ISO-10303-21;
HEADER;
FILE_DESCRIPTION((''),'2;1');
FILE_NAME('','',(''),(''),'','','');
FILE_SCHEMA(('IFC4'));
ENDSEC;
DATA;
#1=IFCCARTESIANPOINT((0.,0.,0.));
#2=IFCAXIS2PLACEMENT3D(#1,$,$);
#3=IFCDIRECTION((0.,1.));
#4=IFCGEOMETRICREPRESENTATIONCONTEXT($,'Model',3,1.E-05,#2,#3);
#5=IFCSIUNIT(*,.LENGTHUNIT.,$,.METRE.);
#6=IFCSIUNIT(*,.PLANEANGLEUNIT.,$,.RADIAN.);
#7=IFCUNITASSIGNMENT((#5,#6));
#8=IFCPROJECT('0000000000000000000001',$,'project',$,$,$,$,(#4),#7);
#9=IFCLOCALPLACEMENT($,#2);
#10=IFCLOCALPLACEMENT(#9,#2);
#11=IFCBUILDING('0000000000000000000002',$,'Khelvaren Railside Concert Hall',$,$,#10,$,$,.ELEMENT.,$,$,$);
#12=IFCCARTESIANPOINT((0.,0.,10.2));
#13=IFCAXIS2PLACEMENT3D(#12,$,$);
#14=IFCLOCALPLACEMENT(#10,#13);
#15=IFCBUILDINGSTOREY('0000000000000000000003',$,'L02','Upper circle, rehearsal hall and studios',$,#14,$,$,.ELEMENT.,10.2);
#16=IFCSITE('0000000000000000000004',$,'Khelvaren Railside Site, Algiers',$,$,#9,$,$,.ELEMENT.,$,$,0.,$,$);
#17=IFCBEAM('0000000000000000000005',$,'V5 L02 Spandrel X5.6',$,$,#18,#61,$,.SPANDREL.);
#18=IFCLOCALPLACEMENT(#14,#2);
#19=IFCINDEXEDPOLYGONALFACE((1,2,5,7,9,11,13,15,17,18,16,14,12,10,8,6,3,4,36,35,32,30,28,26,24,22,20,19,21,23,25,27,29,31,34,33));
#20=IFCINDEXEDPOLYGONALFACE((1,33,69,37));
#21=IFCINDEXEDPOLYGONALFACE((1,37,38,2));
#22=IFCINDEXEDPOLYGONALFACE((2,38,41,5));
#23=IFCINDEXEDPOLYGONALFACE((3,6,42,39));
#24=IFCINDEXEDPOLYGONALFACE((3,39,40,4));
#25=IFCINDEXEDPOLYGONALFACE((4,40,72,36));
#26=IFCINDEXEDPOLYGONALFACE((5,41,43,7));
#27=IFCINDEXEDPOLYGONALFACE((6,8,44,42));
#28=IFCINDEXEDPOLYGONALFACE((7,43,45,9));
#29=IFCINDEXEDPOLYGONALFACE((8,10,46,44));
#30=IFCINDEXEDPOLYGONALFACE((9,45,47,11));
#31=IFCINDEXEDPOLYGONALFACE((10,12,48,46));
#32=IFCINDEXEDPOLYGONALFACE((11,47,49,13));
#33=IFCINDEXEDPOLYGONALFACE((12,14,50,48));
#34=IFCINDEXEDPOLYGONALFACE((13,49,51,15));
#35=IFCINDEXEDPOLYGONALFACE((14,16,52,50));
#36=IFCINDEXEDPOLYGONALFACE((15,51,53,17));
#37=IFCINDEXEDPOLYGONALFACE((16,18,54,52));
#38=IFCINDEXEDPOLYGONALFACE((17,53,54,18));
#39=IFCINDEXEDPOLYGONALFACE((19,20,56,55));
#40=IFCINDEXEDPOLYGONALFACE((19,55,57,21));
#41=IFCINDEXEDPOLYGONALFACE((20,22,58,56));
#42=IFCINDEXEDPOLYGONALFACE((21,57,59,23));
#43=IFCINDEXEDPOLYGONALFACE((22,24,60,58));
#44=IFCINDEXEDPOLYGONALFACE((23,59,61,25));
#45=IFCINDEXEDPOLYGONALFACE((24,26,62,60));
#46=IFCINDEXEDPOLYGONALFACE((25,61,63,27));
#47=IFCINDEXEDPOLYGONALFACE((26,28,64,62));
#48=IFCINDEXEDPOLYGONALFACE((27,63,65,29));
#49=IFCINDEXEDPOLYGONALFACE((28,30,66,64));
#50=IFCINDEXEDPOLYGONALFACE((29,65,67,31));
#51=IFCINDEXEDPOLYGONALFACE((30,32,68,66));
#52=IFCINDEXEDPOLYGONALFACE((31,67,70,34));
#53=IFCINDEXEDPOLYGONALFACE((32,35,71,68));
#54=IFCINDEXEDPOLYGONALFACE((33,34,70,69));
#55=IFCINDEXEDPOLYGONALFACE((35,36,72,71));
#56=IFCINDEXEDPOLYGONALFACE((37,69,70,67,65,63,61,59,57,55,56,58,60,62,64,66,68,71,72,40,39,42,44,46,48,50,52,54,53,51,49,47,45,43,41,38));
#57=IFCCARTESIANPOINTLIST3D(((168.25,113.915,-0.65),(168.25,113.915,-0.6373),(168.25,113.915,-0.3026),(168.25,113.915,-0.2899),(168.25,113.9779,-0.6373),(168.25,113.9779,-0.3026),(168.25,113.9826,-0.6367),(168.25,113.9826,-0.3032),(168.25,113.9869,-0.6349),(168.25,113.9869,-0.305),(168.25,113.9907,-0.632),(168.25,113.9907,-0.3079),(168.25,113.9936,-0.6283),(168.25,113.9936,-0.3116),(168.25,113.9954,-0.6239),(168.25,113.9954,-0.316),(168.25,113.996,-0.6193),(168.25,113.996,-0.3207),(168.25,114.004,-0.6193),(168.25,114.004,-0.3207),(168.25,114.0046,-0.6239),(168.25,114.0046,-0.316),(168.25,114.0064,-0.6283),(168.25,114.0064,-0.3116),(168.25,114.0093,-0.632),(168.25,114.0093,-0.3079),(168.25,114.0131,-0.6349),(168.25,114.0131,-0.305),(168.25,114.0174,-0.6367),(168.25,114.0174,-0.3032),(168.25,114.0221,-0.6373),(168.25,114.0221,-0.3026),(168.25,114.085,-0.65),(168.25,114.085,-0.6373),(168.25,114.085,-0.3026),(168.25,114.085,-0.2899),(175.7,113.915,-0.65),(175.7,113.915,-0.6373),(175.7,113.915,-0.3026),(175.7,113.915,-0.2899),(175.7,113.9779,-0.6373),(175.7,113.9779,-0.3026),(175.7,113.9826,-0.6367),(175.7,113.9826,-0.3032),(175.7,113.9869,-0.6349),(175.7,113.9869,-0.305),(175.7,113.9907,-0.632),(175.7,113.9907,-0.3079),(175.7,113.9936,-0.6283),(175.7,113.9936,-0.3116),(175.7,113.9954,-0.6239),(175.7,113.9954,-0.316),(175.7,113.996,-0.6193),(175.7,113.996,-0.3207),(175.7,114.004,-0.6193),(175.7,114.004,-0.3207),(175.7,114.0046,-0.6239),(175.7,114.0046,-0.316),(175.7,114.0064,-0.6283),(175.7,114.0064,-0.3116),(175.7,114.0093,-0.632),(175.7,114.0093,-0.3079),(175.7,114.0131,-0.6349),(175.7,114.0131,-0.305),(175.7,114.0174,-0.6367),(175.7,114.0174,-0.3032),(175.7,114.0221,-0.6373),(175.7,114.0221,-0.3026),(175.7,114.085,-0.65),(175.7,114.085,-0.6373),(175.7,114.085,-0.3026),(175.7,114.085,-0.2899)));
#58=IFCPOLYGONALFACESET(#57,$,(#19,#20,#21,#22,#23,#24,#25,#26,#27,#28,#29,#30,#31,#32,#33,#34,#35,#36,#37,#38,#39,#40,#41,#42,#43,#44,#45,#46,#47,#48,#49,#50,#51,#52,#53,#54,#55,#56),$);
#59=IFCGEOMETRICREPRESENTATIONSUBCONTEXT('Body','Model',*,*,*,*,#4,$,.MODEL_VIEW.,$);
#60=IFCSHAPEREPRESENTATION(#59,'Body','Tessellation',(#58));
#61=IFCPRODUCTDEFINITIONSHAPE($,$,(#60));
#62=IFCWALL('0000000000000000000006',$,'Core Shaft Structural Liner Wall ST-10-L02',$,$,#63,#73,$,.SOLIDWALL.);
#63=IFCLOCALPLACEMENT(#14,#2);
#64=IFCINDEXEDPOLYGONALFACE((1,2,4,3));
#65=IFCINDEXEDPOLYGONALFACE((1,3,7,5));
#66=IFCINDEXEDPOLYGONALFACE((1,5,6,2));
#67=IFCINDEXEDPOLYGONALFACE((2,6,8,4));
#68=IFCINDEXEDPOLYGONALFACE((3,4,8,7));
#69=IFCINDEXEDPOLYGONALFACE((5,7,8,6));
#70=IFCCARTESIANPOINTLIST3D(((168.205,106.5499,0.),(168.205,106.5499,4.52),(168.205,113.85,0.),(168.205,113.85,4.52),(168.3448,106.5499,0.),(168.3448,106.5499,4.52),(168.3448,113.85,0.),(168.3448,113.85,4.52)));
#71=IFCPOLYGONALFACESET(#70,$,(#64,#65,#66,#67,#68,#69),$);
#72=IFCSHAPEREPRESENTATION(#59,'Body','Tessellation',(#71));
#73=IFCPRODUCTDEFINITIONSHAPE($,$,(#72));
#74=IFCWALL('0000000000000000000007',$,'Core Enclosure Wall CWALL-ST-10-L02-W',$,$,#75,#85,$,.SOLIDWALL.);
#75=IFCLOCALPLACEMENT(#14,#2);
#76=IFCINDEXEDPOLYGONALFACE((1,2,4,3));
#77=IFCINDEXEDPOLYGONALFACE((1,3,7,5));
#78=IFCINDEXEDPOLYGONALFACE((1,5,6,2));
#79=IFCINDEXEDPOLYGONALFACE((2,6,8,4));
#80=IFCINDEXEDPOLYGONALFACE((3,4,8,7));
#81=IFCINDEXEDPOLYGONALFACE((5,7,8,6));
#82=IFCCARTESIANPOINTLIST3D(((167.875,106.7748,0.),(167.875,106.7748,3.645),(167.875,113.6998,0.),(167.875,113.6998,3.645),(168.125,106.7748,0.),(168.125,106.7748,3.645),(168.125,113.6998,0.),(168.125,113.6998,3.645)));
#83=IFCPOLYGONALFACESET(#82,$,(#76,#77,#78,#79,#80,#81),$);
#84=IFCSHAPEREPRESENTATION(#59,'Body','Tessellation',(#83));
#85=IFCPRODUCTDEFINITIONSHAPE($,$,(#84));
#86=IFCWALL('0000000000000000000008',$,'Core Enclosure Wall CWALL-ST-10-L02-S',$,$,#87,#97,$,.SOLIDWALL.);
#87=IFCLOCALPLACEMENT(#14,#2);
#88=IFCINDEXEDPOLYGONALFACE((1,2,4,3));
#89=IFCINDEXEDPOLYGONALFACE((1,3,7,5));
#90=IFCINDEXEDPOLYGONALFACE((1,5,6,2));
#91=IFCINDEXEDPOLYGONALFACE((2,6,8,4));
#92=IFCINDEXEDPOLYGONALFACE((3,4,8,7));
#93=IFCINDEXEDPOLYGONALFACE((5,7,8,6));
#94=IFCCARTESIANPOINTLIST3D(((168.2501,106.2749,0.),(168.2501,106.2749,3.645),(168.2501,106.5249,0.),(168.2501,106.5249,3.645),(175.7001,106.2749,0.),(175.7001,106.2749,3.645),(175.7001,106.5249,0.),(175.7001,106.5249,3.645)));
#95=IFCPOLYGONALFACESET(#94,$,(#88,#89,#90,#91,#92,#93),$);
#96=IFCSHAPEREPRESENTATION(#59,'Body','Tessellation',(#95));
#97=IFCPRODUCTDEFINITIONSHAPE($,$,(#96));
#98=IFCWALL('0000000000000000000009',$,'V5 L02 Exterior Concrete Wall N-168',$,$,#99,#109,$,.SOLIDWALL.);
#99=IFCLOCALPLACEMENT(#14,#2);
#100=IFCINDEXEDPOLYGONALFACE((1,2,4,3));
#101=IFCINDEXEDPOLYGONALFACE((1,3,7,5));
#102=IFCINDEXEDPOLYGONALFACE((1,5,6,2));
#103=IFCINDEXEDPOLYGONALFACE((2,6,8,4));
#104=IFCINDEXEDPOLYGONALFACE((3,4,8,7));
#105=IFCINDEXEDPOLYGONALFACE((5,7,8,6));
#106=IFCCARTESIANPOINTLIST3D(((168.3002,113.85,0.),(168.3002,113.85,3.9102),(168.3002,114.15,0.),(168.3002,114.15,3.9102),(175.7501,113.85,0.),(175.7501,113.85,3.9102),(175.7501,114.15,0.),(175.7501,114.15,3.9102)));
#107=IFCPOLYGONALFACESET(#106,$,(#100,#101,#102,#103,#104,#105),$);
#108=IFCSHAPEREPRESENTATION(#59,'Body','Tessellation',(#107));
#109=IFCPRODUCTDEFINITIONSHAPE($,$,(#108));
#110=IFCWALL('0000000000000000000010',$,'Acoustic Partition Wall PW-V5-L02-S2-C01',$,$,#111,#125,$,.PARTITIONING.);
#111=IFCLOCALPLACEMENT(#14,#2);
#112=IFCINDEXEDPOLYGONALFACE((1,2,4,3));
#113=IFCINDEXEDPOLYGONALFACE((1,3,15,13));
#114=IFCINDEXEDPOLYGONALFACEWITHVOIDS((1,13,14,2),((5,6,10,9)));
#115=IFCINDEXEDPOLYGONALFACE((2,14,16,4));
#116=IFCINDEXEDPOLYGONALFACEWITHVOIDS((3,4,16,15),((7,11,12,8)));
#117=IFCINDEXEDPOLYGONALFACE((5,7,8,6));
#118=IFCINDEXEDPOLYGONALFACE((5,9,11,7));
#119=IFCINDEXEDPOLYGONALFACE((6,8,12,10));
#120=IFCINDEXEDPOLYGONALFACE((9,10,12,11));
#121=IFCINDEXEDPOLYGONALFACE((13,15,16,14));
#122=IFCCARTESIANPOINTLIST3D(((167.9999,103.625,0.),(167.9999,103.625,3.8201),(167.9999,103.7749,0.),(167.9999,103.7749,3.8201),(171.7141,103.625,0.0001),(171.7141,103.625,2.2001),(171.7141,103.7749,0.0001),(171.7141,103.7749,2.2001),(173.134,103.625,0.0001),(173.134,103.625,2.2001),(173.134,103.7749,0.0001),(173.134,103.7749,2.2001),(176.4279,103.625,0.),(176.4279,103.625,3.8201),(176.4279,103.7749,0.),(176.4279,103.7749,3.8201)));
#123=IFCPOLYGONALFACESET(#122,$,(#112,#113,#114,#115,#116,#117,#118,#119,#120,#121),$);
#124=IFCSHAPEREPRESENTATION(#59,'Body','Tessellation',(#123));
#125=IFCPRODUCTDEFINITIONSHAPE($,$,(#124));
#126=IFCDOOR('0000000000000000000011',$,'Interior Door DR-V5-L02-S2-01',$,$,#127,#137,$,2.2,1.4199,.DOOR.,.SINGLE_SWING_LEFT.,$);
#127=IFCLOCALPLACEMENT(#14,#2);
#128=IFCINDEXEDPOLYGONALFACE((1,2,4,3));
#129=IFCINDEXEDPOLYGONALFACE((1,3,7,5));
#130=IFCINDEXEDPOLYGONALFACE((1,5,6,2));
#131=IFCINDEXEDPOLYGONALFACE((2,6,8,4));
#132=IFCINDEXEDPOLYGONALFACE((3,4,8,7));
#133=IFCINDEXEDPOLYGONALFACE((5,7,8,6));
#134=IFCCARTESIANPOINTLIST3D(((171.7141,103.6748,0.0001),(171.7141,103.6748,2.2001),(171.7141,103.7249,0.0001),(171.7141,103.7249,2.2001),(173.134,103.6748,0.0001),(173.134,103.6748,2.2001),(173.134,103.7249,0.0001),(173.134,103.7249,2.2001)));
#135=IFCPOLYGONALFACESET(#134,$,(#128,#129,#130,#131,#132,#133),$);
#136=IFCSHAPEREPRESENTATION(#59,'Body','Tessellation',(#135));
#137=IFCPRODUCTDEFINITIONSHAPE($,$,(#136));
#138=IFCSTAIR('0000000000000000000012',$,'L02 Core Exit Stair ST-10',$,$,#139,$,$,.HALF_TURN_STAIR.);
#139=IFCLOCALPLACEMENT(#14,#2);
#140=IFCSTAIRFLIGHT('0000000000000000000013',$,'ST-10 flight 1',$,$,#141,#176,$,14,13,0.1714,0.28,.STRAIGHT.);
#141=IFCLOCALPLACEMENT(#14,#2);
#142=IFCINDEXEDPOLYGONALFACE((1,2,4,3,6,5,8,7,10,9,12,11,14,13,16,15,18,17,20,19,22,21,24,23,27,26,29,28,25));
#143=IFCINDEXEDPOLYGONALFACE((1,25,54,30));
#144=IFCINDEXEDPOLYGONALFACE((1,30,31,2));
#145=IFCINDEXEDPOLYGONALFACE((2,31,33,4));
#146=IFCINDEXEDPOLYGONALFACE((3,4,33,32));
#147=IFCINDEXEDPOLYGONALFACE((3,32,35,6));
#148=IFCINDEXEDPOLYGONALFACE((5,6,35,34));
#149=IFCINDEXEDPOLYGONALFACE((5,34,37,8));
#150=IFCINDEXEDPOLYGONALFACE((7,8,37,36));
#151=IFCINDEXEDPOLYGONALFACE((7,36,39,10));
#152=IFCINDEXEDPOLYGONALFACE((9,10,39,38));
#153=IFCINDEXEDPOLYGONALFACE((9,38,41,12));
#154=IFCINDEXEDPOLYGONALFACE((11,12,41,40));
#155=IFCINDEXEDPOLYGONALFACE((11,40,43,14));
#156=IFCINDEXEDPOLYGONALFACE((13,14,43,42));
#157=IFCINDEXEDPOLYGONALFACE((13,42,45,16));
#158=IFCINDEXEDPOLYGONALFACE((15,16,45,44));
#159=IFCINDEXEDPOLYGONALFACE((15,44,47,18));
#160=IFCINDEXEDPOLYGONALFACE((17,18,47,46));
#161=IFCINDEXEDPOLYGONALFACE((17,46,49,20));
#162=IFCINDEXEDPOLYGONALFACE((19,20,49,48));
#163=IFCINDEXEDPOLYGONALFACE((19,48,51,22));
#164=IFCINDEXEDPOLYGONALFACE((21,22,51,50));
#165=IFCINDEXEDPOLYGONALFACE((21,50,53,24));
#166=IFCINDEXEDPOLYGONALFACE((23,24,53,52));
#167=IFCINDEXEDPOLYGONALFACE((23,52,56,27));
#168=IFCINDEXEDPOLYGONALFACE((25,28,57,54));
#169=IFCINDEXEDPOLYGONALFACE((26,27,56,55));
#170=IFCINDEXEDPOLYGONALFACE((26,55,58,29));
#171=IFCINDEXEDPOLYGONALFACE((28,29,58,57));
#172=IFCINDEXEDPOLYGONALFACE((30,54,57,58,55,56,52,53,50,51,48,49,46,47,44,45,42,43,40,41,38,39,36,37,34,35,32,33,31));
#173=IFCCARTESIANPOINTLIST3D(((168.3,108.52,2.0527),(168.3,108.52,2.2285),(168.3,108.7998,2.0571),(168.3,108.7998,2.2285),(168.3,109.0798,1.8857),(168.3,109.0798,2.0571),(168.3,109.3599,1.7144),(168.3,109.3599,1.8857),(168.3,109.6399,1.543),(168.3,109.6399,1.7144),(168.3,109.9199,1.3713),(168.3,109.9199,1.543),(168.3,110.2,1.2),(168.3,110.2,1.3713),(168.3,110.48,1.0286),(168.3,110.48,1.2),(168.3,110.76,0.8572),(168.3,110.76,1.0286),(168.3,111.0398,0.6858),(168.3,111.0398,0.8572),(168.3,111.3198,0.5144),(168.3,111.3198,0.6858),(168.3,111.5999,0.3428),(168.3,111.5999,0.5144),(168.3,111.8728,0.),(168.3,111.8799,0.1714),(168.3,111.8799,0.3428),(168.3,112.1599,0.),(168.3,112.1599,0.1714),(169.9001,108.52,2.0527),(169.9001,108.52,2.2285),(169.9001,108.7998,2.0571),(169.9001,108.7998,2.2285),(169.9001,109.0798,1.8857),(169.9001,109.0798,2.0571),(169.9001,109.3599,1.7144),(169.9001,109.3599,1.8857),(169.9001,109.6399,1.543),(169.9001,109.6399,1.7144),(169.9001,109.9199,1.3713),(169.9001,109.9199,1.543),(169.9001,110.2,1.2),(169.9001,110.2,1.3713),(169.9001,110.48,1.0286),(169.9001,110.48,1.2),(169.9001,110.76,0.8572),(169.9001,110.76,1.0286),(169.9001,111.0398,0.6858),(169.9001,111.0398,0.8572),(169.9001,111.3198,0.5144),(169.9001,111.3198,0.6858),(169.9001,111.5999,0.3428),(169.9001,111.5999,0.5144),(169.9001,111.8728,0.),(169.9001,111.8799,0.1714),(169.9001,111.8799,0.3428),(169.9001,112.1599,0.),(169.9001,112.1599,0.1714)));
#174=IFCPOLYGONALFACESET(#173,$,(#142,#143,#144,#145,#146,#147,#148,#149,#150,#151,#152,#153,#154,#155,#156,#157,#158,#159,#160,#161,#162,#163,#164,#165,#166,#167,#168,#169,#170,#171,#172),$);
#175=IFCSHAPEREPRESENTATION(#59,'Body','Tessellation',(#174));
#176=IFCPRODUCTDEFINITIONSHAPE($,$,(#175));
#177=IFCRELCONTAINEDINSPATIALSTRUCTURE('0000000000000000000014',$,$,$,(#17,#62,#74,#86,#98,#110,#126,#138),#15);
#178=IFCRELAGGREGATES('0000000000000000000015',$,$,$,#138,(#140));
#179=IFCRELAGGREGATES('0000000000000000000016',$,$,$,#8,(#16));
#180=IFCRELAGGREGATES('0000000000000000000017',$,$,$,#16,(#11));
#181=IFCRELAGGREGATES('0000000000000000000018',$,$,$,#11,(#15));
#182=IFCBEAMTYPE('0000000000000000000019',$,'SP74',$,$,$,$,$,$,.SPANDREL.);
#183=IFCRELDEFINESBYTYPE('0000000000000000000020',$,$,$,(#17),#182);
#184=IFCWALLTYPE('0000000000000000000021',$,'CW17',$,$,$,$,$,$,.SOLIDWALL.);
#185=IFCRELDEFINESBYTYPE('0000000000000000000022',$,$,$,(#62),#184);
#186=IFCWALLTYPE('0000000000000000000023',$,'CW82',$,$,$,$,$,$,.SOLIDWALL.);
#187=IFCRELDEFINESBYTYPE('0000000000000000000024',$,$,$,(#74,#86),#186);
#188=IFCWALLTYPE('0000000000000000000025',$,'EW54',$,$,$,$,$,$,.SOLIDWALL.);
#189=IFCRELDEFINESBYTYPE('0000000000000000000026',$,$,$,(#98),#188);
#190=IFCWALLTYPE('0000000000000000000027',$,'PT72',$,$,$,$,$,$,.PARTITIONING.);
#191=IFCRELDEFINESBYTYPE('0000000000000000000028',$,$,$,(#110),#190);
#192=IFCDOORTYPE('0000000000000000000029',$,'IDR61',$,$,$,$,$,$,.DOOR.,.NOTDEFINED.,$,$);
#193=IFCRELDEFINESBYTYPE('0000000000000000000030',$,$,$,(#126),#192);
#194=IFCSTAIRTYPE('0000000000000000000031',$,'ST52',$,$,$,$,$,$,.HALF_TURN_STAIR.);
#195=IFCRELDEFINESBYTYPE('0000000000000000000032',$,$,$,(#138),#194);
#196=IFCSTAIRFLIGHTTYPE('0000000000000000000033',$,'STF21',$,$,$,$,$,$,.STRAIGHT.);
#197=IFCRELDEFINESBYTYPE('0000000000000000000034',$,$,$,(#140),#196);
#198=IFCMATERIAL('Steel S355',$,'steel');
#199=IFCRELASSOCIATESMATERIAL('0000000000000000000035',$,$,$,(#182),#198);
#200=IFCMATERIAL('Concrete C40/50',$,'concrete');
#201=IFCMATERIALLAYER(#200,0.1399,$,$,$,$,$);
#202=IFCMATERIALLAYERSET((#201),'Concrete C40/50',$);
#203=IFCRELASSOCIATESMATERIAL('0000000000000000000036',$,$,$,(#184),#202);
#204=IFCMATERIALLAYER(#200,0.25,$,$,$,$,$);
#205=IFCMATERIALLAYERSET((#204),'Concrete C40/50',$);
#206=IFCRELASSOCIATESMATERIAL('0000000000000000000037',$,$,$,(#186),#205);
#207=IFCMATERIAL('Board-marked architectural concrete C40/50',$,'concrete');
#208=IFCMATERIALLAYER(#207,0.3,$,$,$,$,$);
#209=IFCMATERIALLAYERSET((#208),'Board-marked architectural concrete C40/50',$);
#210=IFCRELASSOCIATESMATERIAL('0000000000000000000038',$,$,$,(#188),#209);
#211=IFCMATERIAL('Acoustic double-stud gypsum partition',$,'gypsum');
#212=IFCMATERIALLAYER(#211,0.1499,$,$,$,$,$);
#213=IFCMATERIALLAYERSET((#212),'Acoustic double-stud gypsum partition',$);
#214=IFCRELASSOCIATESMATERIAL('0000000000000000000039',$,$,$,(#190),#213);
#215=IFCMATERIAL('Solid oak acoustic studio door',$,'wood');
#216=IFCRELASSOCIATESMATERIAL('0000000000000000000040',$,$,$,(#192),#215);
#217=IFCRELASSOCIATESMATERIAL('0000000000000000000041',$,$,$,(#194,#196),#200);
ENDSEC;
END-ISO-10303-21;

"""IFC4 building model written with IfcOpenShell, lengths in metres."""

from ifc_helpers import new_model, si_unit, direction, frame, frame_2d, origin, origin_2d, place, context, subcontext, project, spatial, polyline, rectangle, i_section, outline, extrude, material, layer, layer_set, material_profile, profile_set, type_object, element, fill, aggregate, save


model = new_model("IFC4")

# Units and contexts
model_context = context("Model", 3, precision=1e-05, world=origin(), true_north=direction((0.0, 1.0)))
body_context = subcontext(model_context, "Body", "Model", "MODEL_VIEW")
ifc_project = project(units=[si_unit("LENGTHUNIT", "METRE"), si_unit("PLANEANGLEUNIT", "RADIAN")], contexts=[model_context])

# Site, building, storey
site_placement = place(None, origin())
site = spatial("IfcSite", under=ifc_project, at=site_placement, Name="Khelvaren Railside Site, Algiers", CompositionType="ELEMENT", RefElevation=0.0)
building_placement = place(site_placement, origin())
building = spatial("IfcBuilding", under=site, at=building_placement, Name="Khelvaren Railside Concert Hall", CompositionType="ELEMENT")
storey_placement = place(building_placement, frame((0.0, 0.0, 10.2)))
storey = spatial("IfcBuildingStorey", under=building, at=storey_placement, Name="L02", Description="Upper circle, rehearsal hall and studios", CompositionType="ELEMENT", Elevation=10.2)

# Beam
ifc_material_1 = material(Name="Steel S355", Category="steel")
ifc_material_2 = material(Name="Concrete C40/50", Category="concrete")
ifc_material_profile_1 = material_profile(ifc_material_1, i_section(OverallWidth=0.1699, OverallDepth=0.3601, WebThickness=0.0081, FlangeThickness=0.0127, FilletRadius=0.0181, at=origin_2d()), Name="IPE 360")
ifc_profile_set_1 = profile_set([ifc_material_profile_1], Name="Steel S355")
beam_type_1 = type_object("IfcBeamType", Name="SP74", PredefinedType="SPANDREL", material=ifc_profile_set_1)
beam_1_placement = place(storey_placement, frame((168.25, 114.0, -0.47), z_axis=(1.0, 0.0, 0.0), x_axis=(0.0, 1.0, 0.0)))
element("IfcBeam", 1, at=beam_1_placement, inside=storey, type_object=beam_type_1, Name="V5 L02 Spandrel X5.6", PredefinedType="SPANDREL", context=body_context, shape_type="SweptSolid", body=[
    extrude(i_section(OverallWidth=0.1699, OverallDepth=0.3601, WebThickness=0.0081, FlangeThickness=0.0127, FilletRadius=0.0181, at=origin_2d()), origin(), (0.0, 0.0, 1.0), 7.45),
])

# Walls
ifc_layer_1 = layer(ifc_material_2, 0.1399)
ifc_layer_set_1 = layer_set([ifc_layer_1], Name="Concrete C40/50")
wall_type_1 = type_object("IfcWallType", Name="CW17", PredefinedType="SOLIDWALL", material=ifc_layer_set_1)
wall_1_placement = place(storey_placement, frame((168.2749, 106.55, 0.0), z_axis=(0.0, 0.0, 1.0), x_axis=(0.0, 1.0, 0.0)))
element("IfcWall", 2, at=wall_1_placement, inside=storey, type_object=wall_type_1, Name="Core Shaft Structural Liner Wall ST-10-L02", PredefinedType="SOLIDWALL", context=body_context, shape_type="SweptSolid", body=[
    extrude(rectangle(XDim=7.3, YDim=0.1399, at=frame_2d((3.6499, 0.0))), origin(), (0.0, 0.0, 1.0), 4.52),
])
ifc_layer_2 = layer(ifc_material_2, 0.25)
ifc_layer_set_2 = layer_set([ifc_layer_2], Name="Concrete C40/50")
wall_type_2 = type_object("IfcWallType", Name="CW82", PredefinedType="SOLIDWALL", material=ifc_layer_set_2)
wall_2_placement = place(storey_placement, frame((168.0, 106.7749, 0.0), z_axis=(0.0, 0.0, 1.0), x_axis=(0.0, 1.0, 0.0)))
element("IfcWall", 3, at=wall_2_placement, inside=storey, type_object=wall_type_2, Name="Core Enclosure Wall CWALL-ST-10-L02-W", PredefinedType="SOLIDWALL", context=body_context, shape_type="SweptSolid", body=[
    extrude(rectangle(XDim=6.925, YDim=0.25, at=frame_2d((3.4624, 0.0))), origin(), (0.0, 0.0, 1.0), 3.645),
])
wall_3_placement = place(storey_placement, frame((168.25, 106.3999, 0.0), z_axis=(0.0, 0.0, 1.0), x_axis=(1.0, 0.0, 0.0)))
element("IfcWall", 4, at=wall_3_placement, inside=storey, type_object=wall_type_2, Name="Core Enclosure Wall CWALL-ST-10-L02-S", PredefinedType="SOLIDWALL", context=body_context, shape_type="SweptSolid", body=[
    extrude(rectangle(XDim=7.45, YDim=0.25, at=frame_2d((3.7251, 0.0))), origin(), (0.0, 0.0, 1.0), 3.645),
])
ifc_material_3 = material(Name="Board-marked architectural concrete C40/50", Category="concrete")
ifc_layer_3 = layer(ifc_material_3, 0.3)
ifc_layer_set_3 = layer_set([ifc_layer_3], Name="Board-marked architectural concrete C40/50")
wall_type_3 = type_object("IfcWallType", Name="EW54", PredefinedType="SOLIDWALL", material=ifc_layer_set_3)
wall_4_placement = place(storey_placement, frame((168.3, 114.0, 0.0), z_axis=(0.0, 0.0, 1.0), x_axis=(1.0, 0.0, 0.0)))
element("IfcWall", 5, at=wall_4_placement, inside=storey, type_object=wall_type_3, Name="V5 L02 Exterior Concrete Wall N-168", PredefinedType="SOLIDWALL", context=body_context, shape_type="SweptSolid", body=[
    extrude(rectangle(XDim=7.45, YDim=0.3, at=frame_2d((3.7251, 0.0))), origin(), (0.0, 0.0, 1.0), 3.9102),
])

# Wall, opening, door
ifc_material_4 = material(Name="Acoustic double-stud gypsum partition", Category="gypsum")
ifc_layer_4 = layer(ifc_material_4, 0.1499)
ifc_layer_set_4 = layer_set([ifc_layer_4], Name="Acoustic double-stud gypsum partition")
wall_type_4 = type_object("IfcWallType", Name="PT72", PredefinedType="PARTITIONING", material=ifc_layer_set_4)
wall_5_placement = place(storey_placement, frame((168.0, 103.7, 0.0), z_axis=(0.0, 0.0, 1.0), x_axis=(1.0, 0.0, 0.0)))
wall_5 = element("IfcWall", 6, at=wall_5_placement, inside=storey, type_object=wall_type_4, Name="Acoustic Partition Wall PW-V5-L02-S2-C01", PredefinedType="PARTITIONING", context=body_context, shape_type="SweptSolid", body=[
    extrude(rectangle(XDim=8.428, YDim=0.1499, at=frame_2d((4.2139, 0.0))), origin(), (0.0, 0.0, 1.0), 3.8201),
])
opening_placement = place(wall_5_placement, frame((3.7141, 0.0, 0.0)))
opening = element("IfcOpeningElement", 7, at=opening_placement, cuts=wall_5, PredefinedType="OPENING", context=body_context, shape_type="SweptSolid", body=[
    extrude(rectangle(XDim=1.4199, YDim=2.2, at=frame_2d((0.71, 1.1001))), frame((0.0, 0.085, 0.0), z_axis=(0.0, -1.0, 0.0), x_axis=(1.0, 0.0, 0.0)), (0.0, 0.0, 1.0), 0.1699),
])
ifc_material_5 = material(Name="Solid oak acoustic studio door", Category="wood")
door_type = type_object("IfcDoorType", Name="IDR61", OperationType="NOTDEFINED", PredefinedType="DOOR", material=ifc_material_5)
door_placement = place(opening_placement, origin())
door = element("IfcDoor", 8, at=door_placement, inside=storey, type_object=door_type, Name="Interior Door DR-V5-L02-S2-01", OperationType="SINGLE_SWING_LEFT", OverallHeight=2.2, OverallWidth=1.4199, PredefinedType="DOOR", context=body_context, shape_type="SweptSolid", body=[
    extrude(rectangle(XDim=1.4199, YDim=2.2, at=frame_2d((0.71, 1.1001))), frame((0.0, 0.0249, 0.0), z_axis=(0.0, -1.0, 0.0), x_axis=(1.0, 0.0, 0.0)), (0.0, 0.0, 1.0), 0.05),
])
fill(opening, door)

# Stair, stair flight
stair_type = type_object("IfcStairType", Name="ST52", PredefinedType="HALF_TURN_STAIR", material=ifc_material_2)
stair_placement = place(storey_placement, origin())
stair = element("IfcStair", 9, at=stair_placement, inside=storey, type_object=stair_type, Name="L02 Core Exit Stair ST-10", PredefinedType="HALF_TURN_STAIR")
stair_flight_type = type_object("IfcStairFlightType", Name="STF21", PredefinedType="STRAIGHT", material=ifc_material_2)
stair_flight_placement = place(storey_placement, frame((169.1001, 112.1599, 0.0), z_axis=(0.0, 0.0, 1.0), x_axis=(0.0, -1.0, 0.0)))
stair_flight = element("IfcStairFlight", 10, at=stair_flight_placement, type_object=stair_flight_type, Name="ST-10 flight 1", NumberOfRisers=14, NumberOfTreads=13, PredefinedType="STRAIGHT", RiserHeight=0.1714, TreadLength=0.28, context=body_context, shape_type="SweptSolid", body=[
    extrude(outline(polyline([(0.0, 0.0), (0.0, 0.1714), (0.28, 0.1714), (0.28, 0.3428), (0.5601, 0.3428), (0.5601, 0.5144), (0.8401, 0.5144), (0.8401, 0.6858), (1.1201, 0.6858), (1.1201, 0.8572), (1.3999, 0.8572), (1.3999, 1.0286), (1.6799, 1.0286), (1.6799, 1.2), (1.96, 1.2), (1.96, 1.3713), (2.24, 1.3713), (2.24, 1.543), (2.52, 1.543), (2.52, 1.7144), (2.8, 1.7144), (2.8, 1.8857), (3.0801, 1.8857), (3.0801, 2.0571), (3.3601, 2.0571), (3.3601, 2.2285), (3.6399, 2.2285), (3.6399, 2.3999), (3.6399, 2.0527), (0.2871, 0.0), (0.0, 0.0)])), frame((0.0, 0.8, 0.0), z_axis=(0.0, -1.0, 0.0), x_axis=(1.0, 0.0, 0.0)), (0.0, 0.0, 1.0), 1.6001),
])
aggregate(stair, [stair_flight])

save(model, "model.ifc")
